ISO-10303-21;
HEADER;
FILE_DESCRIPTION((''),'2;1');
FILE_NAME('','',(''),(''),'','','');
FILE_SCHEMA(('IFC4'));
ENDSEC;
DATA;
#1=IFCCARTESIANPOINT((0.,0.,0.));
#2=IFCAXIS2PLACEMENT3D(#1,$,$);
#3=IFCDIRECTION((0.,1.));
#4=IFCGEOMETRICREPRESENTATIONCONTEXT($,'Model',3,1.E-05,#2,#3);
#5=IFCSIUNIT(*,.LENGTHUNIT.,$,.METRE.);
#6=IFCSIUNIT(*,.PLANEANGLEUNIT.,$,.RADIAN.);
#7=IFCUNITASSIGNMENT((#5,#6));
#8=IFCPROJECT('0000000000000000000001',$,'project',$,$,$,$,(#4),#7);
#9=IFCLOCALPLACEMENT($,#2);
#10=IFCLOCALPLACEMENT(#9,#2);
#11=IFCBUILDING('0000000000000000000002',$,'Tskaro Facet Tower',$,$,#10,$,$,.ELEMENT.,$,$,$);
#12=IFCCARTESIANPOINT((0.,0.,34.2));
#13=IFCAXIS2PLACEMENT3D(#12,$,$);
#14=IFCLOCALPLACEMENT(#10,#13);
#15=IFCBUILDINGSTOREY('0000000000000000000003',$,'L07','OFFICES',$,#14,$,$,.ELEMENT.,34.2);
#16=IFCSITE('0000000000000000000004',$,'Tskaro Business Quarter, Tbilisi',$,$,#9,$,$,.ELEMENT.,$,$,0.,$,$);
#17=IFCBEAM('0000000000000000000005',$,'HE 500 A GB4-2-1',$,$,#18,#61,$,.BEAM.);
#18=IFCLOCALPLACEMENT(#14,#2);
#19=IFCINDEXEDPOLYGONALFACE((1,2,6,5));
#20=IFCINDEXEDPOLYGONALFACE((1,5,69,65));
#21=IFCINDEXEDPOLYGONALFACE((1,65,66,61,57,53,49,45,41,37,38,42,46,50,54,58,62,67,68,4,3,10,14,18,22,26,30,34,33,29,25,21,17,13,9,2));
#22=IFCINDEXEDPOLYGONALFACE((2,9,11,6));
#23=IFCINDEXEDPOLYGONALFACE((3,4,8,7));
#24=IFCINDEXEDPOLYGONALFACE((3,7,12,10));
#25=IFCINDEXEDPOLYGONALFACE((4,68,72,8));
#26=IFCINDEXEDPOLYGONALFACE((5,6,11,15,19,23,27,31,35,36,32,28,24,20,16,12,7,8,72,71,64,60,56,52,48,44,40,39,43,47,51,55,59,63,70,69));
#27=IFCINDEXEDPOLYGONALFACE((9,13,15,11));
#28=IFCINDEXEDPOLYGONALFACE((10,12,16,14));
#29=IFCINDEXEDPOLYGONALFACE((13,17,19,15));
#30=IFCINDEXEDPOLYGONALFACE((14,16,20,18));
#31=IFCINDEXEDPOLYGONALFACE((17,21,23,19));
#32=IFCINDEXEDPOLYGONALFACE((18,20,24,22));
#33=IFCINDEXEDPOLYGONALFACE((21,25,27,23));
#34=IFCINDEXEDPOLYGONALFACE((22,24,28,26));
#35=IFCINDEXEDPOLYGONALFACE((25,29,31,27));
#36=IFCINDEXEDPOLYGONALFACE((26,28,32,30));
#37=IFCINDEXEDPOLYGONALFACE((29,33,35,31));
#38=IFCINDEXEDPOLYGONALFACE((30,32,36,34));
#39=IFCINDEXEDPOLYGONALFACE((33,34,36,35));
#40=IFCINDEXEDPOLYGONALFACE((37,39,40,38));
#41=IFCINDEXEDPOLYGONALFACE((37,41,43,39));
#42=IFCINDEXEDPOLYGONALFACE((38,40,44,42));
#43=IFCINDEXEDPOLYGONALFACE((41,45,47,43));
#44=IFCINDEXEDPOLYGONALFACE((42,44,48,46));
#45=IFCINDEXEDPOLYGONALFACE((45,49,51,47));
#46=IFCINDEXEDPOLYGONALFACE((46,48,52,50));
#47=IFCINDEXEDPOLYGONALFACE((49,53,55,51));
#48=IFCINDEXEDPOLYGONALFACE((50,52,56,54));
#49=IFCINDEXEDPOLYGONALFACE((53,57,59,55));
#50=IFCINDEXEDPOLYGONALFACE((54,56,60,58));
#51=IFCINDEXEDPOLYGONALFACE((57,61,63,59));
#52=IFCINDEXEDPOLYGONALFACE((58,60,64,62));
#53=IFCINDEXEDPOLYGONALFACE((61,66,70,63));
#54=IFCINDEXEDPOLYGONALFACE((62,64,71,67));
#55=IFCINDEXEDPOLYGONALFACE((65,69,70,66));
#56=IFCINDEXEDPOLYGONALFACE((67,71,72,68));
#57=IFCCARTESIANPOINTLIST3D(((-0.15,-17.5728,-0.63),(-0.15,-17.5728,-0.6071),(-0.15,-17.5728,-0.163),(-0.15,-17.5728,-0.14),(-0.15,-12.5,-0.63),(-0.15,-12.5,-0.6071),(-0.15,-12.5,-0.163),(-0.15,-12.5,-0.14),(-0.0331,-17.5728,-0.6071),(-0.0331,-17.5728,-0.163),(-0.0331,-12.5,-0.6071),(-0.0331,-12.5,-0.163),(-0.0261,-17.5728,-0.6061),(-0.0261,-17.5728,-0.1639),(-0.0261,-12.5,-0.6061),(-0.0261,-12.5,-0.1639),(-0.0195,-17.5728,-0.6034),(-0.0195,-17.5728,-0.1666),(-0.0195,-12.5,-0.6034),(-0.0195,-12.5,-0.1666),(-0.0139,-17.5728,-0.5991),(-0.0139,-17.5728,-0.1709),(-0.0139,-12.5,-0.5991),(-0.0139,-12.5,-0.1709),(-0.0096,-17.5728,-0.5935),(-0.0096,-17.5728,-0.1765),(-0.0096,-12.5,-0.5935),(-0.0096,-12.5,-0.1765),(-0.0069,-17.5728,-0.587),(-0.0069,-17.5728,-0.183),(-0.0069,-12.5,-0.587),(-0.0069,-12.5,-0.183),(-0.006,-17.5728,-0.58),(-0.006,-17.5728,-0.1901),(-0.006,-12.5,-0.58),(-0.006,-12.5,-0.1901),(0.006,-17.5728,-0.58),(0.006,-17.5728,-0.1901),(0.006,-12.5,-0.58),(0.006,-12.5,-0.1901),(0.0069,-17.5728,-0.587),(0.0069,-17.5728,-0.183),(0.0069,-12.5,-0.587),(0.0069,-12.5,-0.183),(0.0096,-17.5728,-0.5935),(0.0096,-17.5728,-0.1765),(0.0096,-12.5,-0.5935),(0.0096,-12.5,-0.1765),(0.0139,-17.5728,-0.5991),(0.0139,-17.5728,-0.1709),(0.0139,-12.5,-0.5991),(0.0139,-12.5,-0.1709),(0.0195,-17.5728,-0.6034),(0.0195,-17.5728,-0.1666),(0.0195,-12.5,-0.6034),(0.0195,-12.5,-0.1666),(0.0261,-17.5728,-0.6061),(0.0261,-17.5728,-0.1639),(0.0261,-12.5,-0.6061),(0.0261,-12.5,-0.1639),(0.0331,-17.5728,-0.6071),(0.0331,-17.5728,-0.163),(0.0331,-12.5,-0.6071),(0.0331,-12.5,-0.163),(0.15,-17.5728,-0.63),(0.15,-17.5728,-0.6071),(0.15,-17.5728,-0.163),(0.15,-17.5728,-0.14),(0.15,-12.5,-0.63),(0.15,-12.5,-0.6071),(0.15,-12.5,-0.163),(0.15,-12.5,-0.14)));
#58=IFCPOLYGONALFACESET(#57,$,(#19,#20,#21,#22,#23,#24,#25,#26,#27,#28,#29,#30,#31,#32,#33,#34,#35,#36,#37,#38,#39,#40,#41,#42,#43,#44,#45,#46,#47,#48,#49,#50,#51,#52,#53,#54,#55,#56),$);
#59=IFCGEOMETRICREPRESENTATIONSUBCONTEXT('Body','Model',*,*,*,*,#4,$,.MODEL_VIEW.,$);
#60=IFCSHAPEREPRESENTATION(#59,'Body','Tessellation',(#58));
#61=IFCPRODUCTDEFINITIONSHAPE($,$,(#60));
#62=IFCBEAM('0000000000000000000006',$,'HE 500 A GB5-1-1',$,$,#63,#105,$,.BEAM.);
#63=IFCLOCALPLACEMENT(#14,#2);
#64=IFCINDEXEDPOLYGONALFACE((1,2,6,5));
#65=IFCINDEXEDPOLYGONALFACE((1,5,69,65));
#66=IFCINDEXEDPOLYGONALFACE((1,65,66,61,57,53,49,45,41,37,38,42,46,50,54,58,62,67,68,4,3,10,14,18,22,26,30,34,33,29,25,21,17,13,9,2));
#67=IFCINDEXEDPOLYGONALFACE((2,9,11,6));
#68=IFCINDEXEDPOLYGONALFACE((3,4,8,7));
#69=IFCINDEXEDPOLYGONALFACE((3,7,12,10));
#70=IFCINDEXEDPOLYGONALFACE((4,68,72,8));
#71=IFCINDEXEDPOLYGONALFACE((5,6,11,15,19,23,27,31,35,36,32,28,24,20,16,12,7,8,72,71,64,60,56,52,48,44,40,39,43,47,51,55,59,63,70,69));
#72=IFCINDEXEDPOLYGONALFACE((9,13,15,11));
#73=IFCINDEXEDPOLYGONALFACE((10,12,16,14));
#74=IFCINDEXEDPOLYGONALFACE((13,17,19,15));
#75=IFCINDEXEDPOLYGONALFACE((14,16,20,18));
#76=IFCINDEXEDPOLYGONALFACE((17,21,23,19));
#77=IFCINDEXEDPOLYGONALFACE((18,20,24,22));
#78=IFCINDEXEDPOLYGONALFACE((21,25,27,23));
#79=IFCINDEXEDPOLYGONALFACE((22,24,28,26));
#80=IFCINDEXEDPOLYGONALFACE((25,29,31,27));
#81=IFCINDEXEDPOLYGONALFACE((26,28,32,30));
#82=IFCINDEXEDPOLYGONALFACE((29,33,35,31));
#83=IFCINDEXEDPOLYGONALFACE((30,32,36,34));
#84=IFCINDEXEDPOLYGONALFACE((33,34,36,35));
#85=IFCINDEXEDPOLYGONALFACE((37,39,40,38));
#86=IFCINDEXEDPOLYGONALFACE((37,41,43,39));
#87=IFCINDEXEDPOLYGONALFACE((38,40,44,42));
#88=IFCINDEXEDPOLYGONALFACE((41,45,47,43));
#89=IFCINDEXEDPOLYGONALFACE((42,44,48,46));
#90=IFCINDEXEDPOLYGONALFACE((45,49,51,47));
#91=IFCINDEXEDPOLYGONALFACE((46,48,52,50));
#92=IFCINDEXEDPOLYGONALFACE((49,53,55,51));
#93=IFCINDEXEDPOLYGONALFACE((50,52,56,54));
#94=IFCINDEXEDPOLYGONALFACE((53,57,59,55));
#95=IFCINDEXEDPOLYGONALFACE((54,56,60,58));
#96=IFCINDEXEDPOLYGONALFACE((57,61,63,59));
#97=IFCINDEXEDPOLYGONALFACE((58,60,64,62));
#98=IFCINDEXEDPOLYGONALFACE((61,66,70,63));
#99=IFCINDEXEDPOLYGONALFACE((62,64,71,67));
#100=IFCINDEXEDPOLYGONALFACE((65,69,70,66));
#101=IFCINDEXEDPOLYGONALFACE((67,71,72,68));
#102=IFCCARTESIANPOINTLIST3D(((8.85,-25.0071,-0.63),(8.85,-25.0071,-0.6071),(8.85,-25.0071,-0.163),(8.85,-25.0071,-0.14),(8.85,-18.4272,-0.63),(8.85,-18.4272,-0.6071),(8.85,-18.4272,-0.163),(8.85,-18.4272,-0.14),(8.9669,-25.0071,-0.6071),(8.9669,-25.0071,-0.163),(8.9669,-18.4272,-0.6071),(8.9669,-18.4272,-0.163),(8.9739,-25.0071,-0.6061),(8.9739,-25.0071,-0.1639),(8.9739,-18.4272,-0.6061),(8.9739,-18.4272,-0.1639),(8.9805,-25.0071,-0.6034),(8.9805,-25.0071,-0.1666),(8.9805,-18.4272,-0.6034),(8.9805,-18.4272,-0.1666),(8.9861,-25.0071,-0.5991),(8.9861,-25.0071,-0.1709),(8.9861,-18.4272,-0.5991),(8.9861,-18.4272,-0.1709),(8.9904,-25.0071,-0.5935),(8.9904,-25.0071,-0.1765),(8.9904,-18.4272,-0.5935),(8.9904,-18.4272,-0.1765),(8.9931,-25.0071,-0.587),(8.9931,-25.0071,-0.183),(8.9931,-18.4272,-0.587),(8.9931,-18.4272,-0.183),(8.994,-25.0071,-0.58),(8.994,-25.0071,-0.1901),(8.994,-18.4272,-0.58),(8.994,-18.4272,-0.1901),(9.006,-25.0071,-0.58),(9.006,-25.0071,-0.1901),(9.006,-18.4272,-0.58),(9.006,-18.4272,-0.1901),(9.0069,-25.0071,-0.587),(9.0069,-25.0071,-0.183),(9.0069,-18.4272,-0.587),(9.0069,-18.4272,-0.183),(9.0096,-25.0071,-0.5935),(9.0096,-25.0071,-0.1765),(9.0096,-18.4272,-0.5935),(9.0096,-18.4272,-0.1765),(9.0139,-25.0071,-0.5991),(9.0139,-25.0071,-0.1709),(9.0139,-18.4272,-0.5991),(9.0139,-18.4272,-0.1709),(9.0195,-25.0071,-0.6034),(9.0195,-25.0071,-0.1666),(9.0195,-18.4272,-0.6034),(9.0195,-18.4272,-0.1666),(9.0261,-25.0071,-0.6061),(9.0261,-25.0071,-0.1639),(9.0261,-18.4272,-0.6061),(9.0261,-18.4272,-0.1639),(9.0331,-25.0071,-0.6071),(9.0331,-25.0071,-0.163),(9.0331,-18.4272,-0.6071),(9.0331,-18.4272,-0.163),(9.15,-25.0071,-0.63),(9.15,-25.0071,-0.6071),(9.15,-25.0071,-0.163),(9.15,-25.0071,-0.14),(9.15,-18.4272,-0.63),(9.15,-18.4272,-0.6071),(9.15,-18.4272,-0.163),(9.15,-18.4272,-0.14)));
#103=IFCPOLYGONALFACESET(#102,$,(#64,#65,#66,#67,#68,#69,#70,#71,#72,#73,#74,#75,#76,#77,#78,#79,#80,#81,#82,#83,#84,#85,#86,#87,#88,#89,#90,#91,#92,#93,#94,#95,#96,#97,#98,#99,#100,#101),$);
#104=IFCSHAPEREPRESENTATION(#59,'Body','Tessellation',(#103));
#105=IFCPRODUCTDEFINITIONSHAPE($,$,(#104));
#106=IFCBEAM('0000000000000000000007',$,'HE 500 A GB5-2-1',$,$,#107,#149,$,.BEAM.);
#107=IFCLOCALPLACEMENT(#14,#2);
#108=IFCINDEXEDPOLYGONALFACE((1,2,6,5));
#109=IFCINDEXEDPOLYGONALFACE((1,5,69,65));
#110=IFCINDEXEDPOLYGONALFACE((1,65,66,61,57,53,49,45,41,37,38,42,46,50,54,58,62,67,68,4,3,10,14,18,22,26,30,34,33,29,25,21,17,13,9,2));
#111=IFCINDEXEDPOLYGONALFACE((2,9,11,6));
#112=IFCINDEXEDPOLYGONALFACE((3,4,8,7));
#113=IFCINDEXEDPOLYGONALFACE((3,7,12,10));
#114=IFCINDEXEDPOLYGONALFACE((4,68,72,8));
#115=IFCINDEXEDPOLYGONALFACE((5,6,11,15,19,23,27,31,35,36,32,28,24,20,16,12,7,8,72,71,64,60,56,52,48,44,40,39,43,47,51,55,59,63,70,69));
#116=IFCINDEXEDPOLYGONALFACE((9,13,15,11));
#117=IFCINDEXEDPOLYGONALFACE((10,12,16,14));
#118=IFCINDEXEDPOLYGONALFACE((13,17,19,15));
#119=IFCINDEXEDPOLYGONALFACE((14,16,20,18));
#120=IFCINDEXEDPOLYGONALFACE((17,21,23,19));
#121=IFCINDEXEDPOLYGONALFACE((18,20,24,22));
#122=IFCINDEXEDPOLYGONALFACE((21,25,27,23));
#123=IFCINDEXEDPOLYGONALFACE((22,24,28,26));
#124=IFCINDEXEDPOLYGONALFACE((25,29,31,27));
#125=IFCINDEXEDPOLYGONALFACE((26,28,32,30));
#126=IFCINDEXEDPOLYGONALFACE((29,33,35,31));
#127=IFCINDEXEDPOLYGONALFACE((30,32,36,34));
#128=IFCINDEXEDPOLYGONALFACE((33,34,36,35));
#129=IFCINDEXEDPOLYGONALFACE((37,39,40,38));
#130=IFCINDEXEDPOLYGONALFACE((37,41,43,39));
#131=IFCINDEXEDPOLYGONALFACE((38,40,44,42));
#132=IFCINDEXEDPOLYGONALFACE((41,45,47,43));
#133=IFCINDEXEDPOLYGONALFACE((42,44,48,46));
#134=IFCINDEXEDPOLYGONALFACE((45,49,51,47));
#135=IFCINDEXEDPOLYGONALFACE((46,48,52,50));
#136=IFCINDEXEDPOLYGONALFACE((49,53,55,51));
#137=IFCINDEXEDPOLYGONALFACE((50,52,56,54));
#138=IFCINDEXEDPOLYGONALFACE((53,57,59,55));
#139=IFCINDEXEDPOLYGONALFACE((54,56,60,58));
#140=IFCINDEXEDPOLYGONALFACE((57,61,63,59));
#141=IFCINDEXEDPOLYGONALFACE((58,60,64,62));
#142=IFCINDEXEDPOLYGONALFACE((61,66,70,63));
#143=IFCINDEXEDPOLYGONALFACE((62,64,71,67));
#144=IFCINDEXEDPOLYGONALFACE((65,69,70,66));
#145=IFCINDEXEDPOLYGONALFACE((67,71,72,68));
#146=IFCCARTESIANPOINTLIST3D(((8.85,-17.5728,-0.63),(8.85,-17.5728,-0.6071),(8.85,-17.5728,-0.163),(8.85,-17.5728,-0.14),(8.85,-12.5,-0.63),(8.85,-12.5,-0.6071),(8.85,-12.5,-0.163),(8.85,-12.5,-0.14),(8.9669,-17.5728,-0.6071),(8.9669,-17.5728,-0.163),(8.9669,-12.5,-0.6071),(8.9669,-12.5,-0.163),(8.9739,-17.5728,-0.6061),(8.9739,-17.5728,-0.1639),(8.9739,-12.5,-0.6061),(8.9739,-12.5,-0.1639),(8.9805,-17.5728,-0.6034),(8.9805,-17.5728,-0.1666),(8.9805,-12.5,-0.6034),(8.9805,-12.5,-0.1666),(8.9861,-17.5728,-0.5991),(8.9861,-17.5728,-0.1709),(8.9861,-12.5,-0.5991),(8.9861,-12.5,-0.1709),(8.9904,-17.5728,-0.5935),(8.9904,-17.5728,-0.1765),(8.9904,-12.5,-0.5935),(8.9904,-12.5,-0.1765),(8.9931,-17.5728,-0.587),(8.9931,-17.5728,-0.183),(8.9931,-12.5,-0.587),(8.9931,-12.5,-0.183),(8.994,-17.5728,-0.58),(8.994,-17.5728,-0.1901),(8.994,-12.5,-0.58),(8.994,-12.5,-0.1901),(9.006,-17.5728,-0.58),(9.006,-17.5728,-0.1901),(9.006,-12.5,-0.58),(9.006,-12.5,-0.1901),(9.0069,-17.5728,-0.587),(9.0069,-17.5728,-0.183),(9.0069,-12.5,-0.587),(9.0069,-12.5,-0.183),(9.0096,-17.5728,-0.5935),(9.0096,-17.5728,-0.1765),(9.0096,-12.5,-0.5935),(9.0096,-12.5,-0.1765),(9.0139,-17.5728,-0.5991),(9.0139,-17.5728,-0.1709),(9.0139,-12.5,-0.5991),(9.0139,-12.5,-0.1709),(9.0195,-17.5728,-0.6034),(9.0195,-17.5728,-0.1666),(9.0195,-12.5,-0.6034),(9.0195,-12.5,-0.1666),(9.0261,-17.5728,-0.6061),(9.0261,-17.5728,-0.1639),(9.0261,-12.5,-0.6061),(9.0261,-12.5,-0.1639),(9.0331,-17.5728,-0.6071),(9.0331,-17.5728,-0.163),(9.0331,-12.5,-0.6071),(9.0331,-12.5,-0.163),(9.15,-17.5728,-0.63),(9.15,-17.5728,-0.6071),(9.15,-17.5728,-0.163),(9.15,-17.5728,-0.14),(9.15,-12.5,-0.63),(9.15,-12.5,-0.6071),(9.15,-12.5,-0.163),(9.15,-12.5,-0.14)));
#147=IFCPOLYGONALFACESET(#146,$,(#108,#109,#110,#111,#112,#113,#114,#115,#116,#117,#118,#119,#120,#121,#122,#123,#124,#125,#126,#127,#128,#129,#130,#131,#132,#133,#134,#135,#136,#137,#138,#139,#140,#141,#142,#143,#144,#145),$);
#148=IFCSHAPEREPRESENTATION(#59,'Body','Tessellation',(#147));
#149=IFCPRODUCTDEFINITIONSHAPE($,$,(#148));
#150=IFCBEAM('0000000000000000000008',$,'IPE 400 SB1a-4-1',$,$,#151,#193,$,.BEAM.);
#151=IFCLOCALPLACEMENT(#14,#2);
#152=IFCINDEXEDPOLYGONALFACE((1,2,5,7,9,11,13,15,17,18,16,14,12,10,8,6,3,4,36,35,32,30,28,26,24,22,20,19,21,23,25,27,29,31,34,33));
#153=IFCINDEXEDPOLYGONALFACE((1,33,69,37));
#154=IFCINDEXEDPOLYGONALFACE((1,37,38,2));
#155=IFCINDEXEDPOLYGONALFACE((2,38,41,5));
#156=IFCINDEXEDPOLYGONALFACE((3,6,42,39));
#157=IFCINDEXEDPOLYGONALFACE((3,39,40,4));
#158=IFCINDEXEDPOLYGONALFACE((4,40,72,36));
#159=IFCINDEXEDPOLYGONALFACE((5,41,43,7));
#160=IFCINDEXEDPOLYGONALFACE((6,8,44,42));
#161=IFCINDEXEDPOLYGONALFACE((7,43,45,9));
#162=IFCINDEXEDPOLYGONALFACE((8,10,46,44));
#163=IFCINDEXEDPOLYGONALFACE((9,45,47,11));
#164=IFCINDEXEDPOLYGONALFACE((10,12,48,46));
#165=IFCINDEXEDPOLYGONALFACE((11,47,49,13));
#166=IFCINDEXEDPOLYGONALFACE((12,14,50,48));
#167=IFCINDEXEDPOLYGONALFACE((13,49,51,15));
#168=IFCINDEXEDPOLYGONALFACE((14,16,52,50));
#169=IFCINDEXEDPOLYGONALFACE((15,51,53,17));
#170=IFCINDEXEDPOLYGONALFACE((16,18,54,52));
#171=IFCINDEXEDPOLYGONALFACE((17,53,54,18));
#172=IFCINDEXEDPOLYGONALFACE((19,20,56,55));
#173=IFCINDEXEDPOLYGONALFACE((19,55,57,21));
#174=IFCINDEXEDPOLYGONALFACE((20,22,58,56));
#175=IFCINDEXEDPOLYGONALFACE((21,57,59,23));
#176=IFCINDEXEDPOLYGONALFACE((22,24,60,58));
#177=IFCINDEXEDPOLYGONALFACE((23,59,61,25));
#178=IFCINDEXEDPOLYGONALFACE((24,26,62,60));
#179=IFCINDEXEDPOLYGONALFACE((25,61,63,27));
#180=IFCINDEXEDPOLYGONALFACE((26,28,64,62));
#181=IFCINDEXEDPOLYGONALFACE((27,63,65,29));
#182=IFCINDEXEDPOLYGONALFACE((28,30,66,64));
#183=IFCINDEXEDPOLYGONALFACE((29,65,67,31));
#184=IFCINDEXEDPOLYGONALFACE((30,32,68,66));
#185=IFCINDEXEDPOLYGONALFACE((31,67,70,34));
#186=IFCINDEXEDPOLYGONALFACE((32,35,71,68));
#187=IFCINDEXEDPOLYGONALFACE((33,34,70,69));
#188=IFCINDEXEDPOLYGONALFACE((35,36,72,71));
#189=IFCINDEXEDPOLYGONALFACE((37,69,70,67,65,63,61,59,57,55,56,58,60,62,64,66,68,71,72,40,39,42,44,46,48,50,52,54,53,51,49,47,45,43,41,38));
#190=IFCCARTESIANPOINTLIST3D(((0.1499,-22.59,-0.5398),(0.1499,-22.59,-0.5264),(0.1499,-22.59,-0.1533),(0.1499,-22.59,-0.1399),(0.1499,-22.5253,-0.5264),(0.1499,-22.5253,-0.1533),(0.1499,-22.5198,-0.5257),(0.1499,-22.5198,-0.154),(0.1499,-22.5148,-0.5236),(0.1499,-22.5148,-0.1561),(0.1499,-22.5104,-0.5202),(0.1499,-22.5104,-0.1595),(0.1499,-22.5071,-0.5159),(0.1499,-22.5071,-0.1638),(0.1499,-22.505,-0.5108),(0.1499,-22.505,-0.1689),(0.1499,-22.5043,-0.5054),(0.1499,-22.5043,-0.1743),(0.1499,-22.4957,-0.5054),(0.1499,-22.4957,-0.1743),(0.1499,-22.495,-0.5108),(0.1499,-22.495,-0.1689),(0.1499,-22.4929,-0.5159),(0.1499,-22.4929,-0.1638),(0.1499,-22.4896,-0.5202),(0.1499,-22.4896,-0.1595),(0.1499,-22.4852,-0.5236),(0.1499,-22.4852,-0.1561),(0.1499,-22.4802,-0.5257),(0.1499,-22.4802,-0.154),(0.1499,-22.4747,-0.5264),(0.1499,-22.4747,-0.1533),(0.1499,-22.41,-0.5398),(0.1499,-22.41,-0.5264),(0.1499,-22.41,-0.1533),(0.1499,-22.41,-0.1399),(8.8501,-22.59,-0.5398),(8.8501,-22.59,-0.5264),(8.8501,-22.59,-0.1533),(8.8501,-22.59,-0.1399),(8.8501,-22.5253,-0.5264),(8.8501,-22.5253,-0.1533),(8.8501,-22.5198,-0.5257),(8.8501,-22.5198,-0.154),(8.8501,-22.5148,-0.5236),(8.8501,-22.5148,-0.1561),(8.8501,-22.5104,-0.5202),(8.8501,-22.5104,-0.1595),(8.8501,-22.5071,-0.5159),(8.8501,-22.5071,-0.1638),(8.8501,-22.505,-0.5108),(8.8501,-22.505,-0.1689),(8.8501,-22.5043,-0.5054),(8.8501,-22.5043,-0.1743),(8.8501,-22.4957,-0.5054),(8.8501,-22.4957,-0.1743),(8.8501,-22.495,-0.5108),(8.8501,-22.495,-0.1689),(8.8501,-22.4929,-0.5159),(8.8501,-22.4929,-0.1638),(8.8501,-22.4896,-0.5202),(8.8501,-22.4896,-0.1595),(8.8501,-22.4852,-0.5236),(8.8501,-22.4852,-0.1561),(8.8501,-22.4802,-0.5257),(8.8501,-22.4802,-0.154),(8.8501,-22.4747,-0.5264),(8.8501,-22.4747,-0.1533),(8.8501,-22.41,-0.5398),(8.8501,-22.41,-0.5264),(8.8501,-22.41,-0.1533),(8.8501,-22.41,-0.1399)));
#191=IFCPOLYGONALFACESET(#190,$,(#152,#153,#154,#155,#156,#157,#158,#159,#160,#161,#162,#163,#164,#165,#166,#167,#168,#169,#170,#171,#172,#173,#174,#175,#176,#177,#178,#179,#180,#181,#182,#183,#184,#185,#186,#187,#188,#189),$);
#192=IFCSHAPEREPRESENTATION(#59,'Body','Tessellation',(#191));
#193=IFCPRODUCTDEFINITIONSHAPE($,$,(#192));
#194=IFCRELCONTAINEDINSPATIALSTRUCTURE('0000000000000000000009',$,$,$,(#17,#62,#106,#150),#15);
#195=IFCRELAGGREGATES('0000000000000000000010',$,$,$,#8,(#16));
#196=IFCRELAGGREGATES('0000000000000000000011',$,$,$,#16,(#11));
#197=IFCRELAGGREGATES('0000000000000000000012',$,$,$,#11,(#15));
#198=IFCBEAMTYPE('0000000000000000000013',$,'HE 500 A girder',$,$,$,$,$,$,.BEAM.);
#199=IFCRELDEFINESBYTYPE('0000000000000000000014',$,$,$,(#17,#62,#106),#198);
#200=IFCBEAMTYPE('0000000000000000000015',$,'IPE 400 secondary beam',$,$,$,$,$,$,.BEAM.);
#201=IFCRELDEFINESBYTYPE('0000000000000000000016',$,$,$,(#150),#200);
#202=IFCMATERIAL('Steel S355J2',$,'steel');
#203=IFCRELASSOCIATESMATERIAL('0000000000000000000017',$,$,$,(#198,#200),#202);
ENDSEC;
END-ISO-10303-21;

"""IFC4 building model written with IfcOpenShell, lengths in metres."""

from ifc_helpers import new_model, si_unit, direction, frame, origin, origin_2d, place, context, subcontext, project, spatial, i_section, extrude, material, material_profile, profile_set, type_object, element, save


model = new_model("IFC4")

# Units and contexts
model_context = context("Model", 3, precision=1e-05, world=origin(), true_north=direction((0.0, 1.0)))
body_context = subcontext(model_context, "Body", "Model", "MODEL_VIEW")
ifc_project = project(units=[si_unit("LENGTHUNIT", "METRE"), si_unit("PLANEANGLEUNIT", "RADIAN")], contexts=[model_context])

# Site, building, storey
site_placement = place(None, origin())
site = spatial("IfcSite", under=ifc_project, at=site_placement, Name="Tskaro Business Quarter, Tbilisi", CompositionType="ELEMENT", RefElevation=0.0)
building_placement = place(site_placement, origin())
building = spatial("IfcBuilding", under=site, at=building_placement, Name="Tskaro Facet Tower", CompositionType="ELEMENT")
storey_placement = place(building_placement, frame((0.0, 0.0, 34.2)))
storey = spatial("IfcBuildingStorey", under=building, at=storey_placement, Name="L07", Description="OFFICES", CompositionType="ELEMENT", Elevation=34.2)

# Beams
ifc_material_1 = material(Name="Steel S355J2", Category="steel")
ifc_material_profile_1 = material_profile(ifc_material_1, i_section(OverallWidth=0.3, OverallDepth=0.49, WebThickness=0.012, FlangeThickness=0.0229, FilletRadius=0.0271, at=origin_2d()), Name="HE 500 A")
ifc_profile_set_1 = profile_set([ifc_material_profile_1], Name="Steel S355J2")
beam_type_1 = type_object("IfcBeamType", Name="HE 500 A girder", PredefinedType="BEAM", material=ifc_profile_set_1)
beam_1_placement = place(storey_placement, frame((0.0, -17.5728, -0.385), z_axis=(0.0, 1.0, 0.0), x_axis=(-1.0, 0.0, 0.0)))
element("IfcBeam", 1, at=beam_1_placement, inside=storey, type_object=beam_type_1, Name="HE 500 A GB4-2-1", PredefinedType="BEAM", context=body_context, shape_type="SweptSolid", body=[
    extrude(i_section(OverallWidth=0.3, OverallDepth=0.49, WebThickness=0.012, FlangeThickness=0.0229, FilletRadius=0.0271, at=origin_2d()), origin(), (0.0, 0.0, 1.0), 5.0728),
])
beam_2_placement = place(storey_placement, frame((9.0, -25.0071, -0.385), z_axis=(0.0, 1.0, 0.0), x_axis=(-1.0, 0.0, 0.0)))
element("IfcBeam", 2, at=beam_2_placement, inside=storey, type_object=beam_type_1, Name="HE 500 A GB5-1-1", PredefinedType="BEAM", context=body_context, shape_type="SweptSolid", body=[
    extrude(i_section(OverallWidth=0.3, OverallDepth=0.49, WebThickness=0.012, FlangeThickness=0.0229, FilletRadius=0.0271, at=origin_2d()), origin(), (0.0, 0.0, 1.0), 6.5798),
])
beam_3_placement = place(storey_placement, frame((9.0, -17.5728, -0.385), z_axis=(0.0, 1.0, 0.0), x_axis=(-1.0, 0.0, 0.0)))
element("IfcBeam", 3, at=beam_3_placement, inside=storey, type_object=beam_type_1, Name="HE 500 A GB5-2-1", PredefinedType="BEAM", context=body_context, shape_type="SweptSolid", body=[
    extrude(i_section(OverallWidth=0.3, OverallDepth=0.49, WebThickness=0.012, FlangeThickness=0.0229, FilletRadius=0.0271, at=origin_2d()), origin(), (0.0, 0.0, 1.0), 5.0728),
])
ifc_material_profile_2 = material_profile(ifc_material_1, i_section(OverallWidth=0.1799, OverallDepth=0.3999, WebThickness=0.0085, FlangeThickness=0.0134, FilletRadius=0.021, at=origin_2d()), Name="IPE 400")
ifc_profile_set_2 = profile_set([ifc_material_profile_2], Name="Steel S355J2")
beam_type_2 = type_object("IfcBeamType", Name="IPE 400 secondary beam", PredefinedType="BEAM", material=ifc_profile_set_2)
for number, where, z_axis, x_axis, name in (
    (4, (0.1499, -22.5, -0.3398), (1.0, 0.0, 0.0), (0.0, 1.0, 0.0), "IPE 400 SB1a-4-1"),
):
    element("IfcBeam", number, at=place(storey_placement, frame(where, z_axis=z_axis, x_axis=x_axis)), inside=storey, type_object=beam_type_2, Name=name, PredefinedType="BEAM", context=body_context, shape_type="SweptSolid", body=[
        extrude(i_section(OverallWidth=0.1799, OverallDepth=0.3999, WebThickness=0.0085, FlangeThickness=0.0134, FilletRadius=0.021, at=origin_2d()), origin(), (0.0, 0.0, 1.0), 8.7002),
    ])

save(model, "model.ifc")
